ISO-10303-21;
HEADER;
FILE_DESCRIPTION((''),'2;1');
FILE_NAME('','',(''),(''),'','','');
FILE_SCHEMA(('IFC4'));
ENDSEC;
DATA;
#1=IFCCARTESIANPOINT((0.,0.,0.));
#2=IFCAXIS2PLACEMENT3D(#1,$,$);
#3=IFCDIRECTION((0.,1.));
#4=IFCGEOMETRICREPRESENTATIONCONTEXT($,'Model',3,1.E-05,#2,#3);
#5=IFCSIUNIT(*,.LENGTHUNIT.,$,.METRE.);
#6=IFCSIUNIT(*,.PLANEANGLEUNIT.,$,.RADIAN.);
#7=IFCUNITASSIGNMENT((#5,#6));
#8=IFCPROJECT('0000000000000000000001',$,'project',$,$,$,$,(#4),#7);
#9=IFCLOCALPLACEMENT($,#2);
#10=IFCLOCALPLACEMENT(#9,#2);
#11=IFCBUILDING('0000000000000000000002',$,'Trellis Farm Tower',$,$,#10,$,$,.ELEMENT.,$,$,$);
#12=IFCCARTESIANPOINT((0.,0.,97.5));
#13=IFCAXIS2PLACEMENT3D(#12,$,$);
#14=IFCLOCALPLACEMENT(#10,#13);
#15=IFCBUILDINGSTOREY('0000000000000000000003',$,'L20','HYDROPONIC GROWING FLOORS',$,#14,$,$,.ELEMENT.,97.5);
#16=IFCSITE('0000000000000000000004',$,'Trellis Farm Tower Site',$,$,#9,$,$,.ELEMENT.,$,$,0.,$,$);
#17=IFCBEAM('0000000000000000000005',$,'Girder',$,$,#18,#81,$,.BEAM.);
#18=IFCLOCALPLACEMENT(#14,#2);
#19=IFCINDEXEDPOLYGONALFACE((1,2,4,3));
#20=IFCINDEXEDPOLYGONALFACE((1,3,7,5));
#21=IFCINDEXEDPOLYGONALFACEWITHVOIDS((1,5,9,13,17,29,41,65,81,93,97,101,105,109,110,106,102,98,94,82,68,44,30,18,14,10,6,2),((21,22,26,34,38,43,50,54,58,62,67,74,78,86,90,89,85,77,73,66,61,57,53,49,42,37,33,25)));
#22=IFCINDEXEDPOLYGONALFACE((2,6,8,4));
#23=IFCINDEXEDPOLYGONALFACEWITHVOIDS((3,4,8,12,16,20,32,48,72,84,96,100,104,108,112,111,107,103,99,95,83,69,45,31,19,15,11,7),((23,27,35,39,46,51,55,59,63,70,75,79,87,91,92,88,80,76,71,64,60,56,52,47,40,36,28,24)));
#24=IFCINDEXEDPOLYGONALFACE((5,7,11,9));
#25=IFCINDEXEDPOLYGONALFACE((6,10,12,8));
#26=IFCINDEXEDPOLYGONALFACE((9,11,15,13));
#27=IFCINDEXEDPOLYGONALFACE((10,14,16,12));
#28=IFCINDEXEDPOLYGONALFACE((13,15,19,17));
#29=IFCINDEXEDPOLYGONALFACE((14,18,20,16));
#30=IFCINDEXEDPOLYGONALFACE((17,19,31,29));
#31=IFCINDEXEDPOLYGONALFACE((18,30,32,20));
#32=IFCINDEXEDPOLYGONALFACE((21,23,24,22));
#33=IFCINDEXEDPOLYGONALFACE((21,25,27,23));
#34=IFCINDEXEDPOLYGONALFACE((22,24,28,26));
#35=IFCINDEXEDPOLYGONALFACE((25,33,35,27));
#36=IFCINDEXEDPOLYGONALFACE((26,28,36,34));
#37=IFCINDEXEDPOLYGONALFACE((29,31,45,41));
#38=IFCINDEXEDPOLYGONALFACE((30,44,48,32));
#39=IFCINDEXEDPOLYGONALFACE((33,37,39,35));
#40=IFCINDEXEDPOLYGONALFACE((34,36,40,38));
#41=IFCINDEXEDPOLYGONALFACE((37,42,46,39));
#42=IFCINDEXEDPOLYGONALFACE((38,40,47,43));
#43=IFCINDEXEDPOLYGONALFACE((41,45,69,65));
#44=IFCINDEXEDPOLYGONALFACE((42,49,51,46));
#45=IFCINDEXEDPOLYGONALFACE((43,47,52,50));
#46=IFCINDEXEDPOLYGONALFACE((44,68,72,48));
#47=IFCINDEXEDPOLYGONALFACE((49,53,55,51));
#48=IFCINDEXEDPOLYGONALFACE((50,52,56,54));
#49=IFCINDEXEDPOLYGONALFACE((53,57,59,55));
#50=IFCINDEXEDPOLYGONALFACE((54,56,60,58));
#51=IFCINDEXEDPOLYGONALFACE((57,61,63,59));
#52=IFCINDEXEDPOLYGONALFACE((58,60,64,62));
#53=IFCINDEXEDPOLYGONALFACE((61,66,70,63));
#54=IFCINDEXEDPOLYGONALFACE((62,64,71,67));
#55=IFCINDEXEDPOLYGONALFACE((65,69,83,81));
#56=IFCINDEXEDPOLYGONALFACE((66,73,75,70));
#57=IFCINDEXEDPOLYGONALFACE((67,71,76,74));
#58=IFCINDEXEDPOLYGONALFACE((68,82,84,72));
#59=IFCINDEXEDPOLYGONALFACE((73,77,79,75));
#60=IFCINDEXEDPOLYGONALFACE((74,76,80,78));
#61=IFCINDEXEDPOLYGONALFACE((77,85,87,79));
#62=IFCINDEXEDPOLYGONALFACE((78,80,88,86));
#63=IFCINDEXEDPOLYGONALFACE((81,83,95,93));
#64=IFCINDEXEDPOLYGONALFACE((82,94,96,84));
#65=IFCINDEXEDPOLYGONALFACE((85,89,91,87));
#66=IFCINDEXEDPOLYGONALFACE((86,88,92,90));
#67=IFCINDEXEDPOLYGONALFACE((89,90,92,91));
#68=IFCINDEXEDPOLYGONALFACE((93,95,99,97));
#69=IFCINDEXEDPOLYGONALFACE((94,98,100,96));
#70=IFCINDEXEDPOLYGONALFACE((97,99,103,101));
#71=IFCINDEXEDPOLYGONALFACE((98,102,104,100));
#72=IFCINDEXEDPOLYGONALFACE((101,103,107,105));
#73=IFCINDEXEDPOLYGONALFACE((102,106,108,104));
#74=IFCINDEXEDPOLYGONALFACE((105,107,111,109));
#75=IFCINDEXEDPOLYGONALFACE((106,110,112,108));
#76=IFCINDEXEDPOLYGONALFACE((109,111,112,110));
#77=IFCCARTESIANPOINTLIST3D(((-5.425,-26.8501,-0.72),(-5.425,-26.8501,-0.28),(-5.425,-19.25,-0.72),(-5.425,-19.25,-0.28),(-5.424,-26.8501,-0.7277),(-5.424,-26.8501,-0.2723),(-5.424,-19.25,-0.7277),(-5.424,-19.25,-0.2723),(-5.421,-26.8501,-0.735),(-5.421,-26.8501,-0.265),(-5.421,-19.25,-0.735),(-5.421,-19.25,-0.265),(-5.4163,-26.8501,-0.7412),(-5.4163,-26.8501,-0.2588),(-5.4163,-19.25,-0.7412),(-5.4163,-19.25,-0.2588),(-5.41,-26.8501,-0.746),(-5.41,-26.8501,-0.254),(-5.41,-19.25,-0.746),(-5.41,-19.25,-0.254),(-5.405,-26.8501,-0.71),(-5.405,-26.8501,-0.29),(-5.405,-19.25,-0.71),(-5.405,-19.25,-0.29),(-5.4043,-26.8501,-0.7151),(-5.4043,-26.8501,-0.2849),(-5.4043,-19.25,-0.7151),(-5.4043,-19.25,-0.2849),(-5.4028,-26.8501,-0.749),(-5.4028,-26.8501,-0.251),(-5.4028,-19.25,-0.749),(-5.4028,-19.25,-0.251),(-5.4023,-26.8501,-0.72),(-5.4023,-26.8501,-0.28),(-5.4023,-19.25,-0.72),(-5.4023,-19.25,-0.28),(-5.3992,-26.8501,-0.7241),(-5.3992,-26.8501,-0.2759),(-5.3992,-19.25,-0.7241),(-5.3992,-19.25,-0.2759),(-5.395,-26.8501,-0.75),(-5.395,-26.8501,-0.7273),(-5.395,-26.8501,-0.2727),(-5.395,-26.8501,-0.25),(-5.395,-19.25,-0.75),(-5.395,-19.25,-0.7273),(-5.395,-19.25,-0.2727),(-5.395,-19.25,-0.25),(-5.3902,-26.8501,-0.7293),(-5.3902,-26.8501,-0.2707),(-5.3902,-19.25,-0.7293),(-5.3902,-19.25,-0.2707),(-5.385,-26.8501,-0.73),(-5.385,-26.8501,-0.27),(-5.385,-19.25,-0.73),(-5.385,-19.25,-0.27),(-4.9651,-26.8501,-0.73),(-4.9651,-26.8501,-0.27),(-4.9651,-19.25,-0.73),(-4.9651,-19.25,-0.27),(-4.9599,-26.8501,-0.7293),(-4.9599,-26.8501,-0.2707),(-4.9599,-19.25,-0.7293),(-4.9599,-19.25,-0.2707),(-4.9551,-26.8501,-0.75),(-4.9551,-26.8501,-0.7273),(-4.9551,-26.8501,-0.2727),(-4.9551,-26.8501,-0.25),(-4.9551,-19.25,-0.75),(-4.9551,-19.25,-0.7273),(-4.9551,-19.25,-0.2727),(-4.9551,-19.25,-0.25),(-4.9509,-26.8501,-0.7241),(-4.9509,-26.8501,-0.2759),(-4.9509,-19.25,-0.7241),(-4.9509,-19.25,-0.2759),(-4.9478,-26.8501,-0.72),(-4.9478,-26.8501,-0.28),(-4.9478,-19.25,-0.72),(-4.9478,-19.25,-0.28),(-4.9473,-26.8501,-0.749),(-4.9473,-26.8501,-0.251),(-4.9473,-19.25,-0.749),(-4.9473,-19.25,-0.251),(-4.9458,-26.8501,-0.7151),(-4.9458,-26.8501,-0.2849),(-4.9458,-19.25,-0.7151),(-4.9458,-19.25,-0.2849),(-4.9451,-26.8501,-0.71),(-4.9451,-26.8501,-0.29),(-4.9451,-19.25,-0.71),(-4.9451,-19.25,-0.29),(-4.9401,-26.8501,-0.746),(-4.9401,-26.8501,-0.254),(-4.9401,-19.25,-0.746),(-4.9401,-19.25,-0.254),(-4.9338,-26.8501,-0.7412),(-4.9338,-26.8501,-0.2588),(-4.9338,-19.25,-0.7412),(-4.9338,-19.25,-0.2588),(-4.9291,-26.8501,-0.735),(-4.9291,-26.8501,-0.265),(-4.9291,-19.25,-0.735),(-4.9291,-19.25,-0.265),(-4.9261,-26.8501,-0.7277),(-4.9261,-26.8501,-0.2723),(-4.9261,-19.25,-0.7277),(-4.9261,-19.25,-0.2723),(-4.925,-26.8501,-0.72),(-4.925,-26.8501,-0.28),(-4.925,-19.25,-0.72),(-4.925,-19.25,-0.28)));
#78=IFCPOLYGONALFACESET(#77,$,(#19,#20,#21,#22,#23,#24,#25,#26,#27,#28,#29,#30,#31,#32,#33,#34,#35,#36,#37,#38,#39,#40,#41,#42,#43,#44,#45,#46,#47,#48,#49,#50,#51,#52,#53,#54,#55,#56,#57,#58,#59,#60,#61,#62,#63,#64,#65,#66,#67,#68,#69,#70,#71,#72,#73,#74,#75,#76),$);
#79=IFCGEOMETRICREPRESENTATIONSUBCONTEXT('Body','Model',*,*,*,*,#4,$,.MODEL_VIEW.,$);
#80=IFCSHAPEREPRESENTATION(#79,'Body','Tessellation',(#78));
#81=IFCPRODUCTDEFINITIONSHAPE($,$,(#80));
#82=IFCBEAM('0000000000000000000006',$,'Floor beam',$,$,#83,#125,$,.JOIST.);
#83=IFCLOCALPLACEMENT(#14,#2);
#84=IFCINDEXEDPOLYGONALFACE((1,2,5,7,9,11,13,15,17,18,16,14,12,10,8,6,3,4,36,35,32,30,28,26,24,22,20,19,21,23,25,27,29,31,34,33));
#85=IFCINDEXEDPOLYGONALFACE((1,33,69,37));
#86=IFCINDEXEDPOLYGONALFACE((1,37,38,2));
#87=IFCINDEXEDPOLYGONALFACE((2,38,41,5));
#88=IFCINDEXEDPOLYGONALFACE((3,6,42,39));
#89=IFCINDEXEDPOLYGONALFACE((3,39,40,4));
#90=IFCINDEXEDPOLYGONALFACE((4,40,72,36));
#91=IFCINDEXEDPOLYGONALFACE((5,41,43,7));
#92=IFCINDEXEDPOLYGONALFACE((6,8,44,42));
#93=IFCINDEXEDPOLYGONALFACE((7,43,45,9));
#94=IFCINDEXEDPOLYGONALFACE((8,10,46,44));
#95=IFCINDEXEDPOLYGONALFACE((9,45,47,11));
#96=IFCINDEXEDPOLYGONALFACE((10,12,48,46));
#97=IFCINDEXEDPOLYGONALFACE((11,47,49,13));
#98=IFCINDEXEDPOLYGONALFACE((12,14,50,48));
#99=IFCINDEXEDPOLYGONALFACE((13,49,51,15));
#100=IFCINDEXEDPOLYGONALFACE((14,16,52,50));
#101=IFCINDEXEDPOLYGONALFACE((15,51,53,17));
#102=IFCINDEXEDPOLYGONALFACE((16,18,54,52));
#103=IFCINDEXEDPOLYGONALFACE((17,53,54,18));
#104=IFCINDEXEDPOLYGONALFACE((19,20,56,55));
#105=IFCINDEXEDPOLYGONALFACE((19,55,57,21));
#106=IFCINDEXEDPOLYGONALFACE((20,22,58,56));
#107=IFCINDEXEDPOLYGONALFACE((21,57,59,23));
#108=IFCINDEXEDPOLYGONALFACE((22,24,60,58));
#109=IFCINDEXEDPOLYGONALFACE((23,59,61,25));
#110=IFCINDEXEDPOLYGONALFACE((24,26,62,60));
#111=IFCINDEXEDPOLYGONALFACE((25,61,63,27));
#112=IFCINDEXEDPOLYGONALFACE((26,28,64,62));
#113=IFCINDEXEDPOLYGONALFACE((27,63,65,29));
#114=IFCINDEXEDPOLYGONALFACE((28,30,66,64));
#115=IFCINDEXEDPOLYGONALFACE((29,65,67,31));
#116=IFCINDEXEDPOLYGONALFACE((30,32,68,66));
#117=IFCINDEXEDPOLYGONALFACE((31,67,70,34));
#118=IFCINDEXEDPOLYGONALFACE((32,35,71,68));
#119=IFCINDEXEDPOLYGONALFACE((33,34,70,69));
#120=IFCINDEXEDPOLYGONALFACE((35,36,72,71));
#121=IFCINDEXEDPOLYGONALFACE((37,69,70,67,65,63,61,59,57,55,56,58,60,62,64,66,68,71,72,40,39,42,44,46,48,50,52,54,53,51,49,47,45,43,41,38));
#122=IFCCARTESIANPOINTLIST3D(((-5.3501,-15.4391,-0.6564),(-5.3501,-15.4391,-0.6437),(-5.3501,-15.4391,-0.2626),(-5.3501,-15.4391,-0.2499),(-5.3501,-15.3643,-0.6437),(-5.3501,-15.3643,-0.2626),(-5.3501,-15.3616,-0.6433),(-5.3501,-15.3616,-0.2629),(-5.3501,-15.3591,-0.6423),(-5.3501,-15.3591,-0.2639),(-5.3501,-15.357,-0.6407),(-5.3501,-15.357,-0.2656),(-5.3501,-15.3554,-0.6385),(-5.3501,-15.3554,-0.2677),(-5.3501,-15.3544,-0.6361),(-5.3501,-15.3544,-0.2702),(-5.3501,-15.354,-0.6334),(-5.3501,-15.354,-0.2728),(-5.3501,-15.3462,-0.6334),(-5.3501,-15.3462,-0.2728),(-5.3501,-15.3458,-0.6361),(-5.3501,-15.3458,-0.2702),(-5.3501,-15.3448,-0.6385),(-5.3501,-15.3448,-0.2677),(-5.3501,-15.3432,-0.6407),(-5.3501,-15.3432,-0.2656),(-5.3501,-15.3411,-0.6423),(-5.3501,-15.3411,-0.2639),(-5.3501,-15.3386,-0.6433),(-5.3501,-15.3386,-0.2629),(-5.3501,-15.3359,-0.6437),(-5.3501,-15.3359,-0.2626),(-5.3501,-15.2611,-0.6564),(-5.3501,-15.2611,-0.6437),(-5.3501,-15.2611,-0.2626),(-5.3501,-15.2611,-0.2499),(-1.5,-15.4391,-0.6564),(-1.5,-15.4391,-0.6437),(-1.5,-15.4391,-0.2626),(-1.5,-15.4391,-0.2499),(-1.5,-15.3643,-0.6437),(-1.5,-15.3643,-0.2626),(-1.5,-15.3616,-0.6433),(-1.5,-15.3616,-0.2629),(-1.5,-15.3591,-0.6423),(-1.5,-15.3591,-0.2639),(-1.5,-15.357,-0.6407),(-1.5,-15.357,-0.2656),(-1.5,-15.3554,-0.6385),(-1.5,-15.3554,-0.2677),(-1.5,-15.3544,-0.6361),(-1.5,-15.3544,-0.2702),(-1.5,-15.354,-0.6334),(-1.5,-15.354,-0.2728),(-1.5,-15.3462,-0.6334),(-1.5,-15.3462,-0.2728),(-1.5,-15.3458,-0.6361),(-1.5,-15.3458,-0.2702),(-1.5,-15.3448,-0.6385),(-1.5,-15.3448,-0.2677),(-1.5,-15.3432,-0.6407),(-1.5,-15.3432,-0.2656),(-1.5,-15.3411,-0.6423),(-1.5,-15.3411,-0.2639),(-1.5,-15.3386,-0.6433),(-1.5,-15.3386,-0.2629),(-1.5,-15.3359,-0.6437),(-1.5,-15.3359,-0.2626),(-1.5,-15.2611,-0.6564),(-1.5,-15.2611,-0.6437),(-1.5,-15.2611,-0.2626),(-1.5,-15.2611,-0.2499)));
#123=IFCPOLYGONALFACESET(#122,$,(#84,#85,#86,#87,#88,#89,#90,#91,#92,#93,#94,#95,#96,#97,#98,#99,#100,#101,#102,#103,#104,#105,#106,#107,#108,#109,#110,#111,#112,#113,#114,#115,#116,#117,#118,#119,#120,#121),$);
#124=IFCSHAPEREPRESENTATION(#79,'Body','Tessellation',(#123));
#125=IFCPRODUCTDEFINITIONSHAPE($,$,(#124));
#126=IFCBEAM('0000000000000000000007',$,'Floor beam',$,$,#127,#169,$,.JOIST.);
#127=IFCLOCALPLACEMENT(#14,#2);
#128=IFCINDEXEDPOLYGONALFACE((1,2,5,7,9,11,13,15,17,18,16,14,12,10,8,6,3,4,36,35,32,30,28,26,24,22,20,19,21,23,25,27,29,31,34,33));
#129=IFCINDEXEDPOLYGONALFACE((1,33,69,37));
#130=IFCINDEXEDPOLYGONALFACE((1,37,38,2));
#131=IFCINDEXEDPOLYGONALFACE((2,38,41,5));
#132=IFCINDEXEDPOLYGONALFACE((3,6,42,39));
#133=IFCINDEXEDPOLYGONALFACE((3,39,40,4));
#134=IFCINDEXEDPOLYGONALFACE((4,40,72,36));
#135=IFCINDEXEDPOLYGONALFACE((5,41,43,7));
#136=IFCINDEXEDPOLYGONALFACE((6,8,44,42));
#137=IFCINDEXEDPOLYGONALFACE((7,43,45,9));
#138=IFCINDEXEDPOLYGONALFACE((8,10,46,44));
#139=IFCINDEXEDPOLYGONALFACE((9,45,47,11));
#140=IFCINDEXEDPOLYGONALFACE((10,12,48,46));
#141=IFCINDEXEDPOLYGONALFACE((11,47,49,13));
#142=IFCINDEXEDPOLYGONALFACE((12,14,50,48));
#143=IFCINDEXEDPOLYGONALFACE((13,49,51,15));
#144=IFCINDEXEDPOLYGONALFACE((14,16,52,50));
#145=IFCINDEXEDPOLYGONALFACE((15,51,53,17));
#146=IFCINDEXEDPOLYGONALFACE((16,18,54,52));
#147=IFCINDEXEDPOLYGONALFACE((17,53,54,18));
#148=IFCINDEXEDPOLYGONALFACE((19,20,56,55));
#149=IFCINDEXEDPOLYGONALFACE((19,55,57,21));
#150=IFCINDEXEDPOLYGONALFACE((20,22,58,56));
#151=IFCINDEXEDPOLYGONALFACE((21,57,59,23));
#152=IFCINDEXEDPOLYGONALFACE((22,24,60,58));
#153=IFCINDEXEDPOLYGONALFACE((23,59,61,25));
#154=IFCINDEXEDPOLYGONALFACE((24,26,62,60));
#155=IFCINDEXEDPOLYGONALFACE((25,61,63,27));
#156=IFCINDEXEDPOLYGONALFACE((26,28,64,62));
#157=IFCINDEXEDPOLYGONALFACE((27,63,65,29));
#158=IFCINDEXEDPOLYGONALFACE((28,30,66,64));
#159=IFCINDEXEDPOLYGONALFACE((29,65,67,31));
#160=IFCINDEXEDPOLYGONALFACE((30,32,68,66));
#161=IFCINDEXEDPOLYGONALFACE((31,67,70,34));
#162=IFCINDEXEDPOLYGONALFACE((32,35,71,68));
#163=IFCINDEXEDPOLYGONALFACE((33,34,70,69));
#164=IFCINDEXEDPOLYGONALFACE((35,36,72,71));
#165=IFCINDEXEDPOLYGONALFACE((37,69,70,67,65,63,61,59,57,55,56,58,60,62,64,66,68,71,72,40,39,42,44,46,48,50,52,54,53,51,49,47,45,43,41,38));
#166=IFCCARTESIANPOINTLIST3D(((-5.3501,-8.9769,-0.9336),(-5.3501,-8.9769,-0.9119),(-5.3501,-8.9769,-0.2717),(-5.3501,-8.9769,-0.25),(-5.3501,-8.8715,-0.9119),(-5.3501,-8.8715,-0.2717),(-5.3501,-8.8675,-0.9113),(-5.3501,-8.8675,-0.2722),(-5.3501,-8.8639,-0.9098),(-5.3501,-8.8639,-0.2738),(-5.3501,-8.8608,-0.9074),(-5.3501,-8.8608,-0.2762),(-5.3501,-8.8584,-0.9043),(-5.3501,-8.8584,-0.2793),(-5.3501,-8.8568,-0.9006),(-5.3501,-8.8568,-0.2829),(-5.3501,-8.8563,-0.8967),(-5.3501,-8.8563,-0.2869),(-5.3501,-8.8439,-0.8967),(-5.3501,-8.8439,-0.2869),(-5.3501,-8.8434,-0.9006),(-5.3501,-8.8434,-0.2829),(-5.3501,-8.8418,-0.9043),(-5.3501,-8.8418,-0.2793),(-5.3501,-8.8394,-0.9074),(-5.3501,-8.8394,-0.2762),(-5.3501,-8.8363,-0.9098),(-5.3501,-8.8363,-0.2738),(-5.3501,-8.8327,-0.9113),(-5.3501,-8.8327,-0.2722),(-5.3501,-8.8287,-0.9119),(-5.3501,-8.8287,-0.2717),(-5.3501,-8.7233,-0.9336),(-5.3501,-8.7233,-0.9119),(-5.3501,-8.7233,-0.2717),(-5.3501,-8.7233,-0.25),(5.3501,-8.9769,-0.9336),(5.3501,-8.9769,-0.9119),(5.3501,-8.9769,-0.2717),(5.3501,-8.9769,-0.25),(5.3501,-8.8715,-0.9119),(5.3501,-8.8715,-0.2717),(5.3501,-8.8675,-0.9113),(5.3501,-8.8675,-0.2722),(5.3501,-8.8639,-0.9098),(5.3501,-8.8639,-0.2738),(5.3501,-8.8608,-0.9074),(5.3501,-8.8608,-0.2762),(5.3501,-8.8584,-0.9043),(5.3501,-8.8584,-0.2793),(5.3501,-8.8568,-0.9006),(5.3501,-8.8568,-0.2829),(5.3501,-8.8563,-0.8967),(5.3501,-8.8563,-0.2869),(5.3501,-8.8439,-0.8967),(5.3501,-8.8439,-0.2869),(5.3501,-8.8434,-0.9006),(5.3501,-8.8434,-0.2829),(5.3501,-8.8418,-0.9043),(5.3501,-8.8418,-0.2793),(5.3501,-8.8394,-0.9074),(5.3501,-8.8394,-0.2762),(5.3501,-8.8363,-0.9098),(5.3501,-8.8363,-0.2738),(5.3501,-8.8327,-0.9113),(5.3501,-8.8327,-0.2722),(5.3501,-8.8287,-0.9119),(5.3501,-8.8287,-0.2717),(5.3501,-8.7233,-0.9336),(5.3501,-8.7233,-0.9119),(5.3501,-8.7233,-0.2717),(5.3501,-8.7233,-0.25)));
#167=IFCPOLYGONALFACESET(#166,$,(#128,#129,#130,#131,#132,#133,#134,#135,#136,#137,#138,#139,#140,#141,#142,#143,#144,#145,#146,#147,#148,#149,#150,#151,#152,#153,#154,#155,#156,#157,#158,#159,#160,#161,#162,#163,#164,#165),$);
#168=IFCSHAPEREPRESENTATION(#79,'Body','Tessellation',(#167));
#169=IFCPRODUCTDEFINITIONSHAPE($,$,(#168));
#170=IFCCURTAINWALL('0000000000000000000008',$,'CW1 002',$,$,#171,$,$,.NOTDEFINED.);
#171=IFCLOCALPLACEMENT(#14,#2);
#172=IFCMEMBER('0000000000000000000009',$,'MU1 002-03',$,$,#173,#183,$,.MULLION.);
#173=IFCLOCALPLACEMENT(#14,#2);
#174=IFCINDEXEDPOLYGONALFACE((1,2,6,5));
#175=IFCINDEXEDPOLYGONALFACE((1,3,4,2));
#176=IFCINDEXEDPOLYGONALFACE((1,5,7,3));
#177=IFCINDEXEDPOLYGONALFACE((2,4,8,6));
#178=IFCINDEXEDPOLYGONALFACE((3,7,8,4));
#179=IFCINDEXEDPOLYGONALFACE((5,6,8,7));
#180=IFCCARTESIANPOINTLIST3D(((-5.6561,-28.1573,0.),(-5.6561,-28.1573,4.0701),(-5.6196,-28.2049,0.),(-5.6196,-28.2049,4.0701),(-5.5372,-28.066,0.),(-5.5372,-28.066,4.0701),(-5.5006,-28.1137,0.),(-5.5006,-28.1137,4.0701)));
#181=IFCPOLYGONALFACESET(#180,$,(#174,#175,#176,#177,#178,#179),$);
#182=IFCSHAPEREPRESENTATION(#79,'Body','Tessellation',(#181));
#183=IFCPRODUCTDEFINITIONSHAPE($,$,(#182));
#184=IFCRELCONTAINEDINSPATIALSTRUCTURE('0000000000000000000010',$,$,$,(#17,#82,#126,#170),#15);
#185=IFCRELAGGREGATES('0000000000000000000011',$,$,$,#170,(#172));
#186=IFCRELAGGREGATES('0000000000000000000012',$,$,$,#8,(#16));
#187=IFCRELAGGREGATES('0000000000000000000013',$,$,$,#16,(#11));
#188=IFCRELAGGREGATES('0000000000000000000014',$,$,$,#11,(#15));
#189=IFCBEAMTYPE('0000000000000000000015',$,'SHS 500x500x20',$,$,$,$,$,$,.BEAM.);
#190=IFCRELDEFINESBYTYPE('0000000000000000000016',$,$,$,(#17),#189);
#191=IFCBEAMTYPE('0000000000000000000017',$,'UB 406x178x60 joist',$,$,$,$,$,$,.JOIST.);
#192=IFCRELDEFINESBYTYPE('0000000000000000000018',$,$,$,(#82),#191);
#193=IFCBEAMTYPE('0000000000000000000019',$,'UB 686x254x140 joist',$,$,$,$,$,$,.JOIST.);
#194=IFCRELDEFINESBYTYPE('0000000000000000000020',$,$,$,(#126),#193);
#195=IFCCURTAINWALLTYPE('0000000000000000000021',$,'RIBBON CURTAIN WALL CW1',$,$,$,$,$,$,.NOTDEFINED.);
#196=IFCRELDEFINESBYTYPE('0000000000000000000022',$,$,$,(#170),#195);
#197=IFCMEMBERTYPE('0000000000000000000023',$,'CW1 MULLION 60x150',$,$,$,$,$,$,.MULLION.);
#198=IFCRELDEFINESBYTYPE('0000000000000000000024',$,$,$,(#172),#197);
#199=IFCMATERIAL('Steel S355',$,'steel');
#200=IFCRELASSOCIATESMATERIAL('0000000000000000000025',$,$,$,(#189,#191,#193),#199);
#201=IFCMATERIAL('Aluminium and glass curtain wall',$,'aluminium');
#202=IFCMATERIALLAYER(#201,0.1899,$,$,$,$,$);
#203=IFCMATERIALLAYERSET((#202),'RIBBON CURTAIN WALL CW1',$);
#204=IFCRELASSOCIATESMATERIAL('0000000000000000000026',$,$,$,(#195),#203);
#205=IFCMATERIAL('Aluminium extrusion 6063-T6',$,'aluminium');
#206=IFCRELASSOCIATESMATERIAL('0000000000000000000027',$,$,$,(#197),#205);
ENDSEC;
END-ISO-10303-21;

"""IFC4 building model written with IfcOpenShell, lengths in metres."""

from ifc_helpers import new_model, si_unit, direction, frame, origin, origin_2d, place, context, subcontext, project, spatial, rectangle, hollow_rectangle, i_section, extrude, source, transform, mapped, material, layer, layer_set, material_profile, profile_set, type_object, element, aggregate, save


model = new_model("IFC4")

# Units and contexts
model_context = context("Model", 3, precision=1e-05, world=origin(), true_north=direction((0.0, 1.0)))
body_context = subcontext(model_context, "Body", "Model", "MODEL_VIEW")
ifc_project = project(units=[si_unit("LENGTHUNIT", "METRE"), si_unit("PLANEANGLEUNIT", "RADIAN")], contexts=[model_context])

# Site, building, storey
site_placement = place(None, origin())
site = spatial("IfcSite", under=ifc_project, at=site_placement, Name="Trellis Farm Tower Site", CompositionType="ELEMENT", RefElevation=0.0)
building_placement = place(site_placement, origin())
building = spatial("IfcBuilding", under=site, at=building_placement, Name="Trellis Farm Tower", CompositionType="ELEMENT")
storey_placement = place(building_placement, frame((0.0, 0.0, 97.5)))
storey = spatial("IfcBuildingStorey", under=building, at=storey_placement, Name="L20", Description="HYDROPONIC GROWING FLOORS", CompositionType="ELEMENT", Elevation=97.5)

# Beams
ifc_material_1 = material(Name="Steel S355", Category="steel")
ifc_material_profile_1 = material_profile(ifc_material_1, hollow_rectangle(XDim=0.5, YDim=0.5, WallThickness=0.02, InnerFilletRadius=0.02, OuterFilletRadius=0.03, at=origin_2d()), Name="SHS 500x500x20")
ifc_profile_set_1 = profile_set([ifc_material_profile_1], Name="Steel S355")
beam_type_1 = type_object("IfcBeamType", Name="SHS 500x500x20", PredefinedType="BEAM", material=ifc_profile_set_1)
shared_shape_1 = source(origin(), body_context, "Body", "SweptSolid", [
    extrude(hollow_rectangle(XDim=0.5, YDim=0.5, WallThickness=0.02, InnerFilletRadius=0.02, OuterFilletRadius=0.03, at=origin_2d()), origin(), (0.0, 0.0, 1.0), 7.6001),
])
beam_1_placement = place(storey_placement, frame((-5.175, -26.8501, -0.5), z_axis=(0.0, 1.0, 0.0), x_axis=(-1.0, 0.0, 0.0)))
element("IfcBeam", 1, at=beam_1_placement, inside=storey, type_object=beam_type_1, Name="Girder", PredefinedType="BEAM", context=body_context, shape_type="MappedRepresentation", body=[
    mapped(shared_shape_1, transform((0.0, 0.0, 0.0))),
])
ifc_material_profile_2 = material_profile(ifc_material_1, i_section(OverallWidth=0.178, OverallDepth=0.4065, WebThickness=0.0078, FlangeThickness=0.0127, FilletRadius=0.0103, at=origin_2d()), Name="UB 406x178x60")
ifc_profile_set_2 = profile_set([ifc_material_profile_2], Name="Steel S355")
beam_type_2 = type_object("IfcBeamType", Name="UB 406x178x60 joist", PredefinedType="JOIST", material=ifc_profile_set_2)
shared_shape_2 = source(origin(), body_context, "Body", "SweptSolid", [
    extrude(i_section(OverallWidth=0.178, OverallDepth=0.4065, WebThickness=0.0078, FlangeThickness=0.0127, FilletRadius=0.0103, at=origin_2d()), origin(), (0.0, 0.0, 1.0), 3.8501),
])
beam_2_placement = place(storey_placement, frame((-5.3501, -15.3501, -0.4531), z_axis=(1.0, 0.0, 0.0), x_axis=(0.0, 1.0, 0.0)))
element("IfcBeam", 2, at=beam_2_placement, inside=storey, type_object=beam_type_2, Name="Floor beam", PredefinedType="JOIST", context=body_context, shape_type="MappedRepresentation", body=[
    mapped(shared_shape_2, transform((0.0, 0.0, 0.0))),
])
ifc_material_profile_3 = material_profile(ifc_material_1, i_section(OverallWidth=0.2537, OverallDepth=0.6836, WebThickness=0.0125, FlangeThickness=0.0217, FilletRadius=0.0151, at=origin_2d()), Name="UB 686x254x140")
ifc_profile_set_3 = profile_set([ifc_material_profile_3], Name="Steel S355")
beam_type_3 = type_object("IfcBeamType", Name="UB 686x254x140 joist", PredefinedType="JOIST", material=ifc_profile_set_3)
shared_shape_3 = source(origin(), body_context, "Body", "SweptSolid", [
    extrude(i_section(OverallWidth=0.2537, OverallDepth=0.6836, WebThickness=0.0125, FlangeThickness=0.0217, FilletRadius=0.0151, at=origin_2d()), origin(), (0.0, 0.0, 1.0), 10.7002),
])
beam_3_placement = place(storey_placement, frame((-5.3501, -8.8501, -0.5918), z_axis=(1.0, 0.0, 0.0), x_axis=(0.0, 1.0, 0.0)))
element("IfcBeam", 3, at=beam_3_placement, inside=storey, type_object=beam_type_3, Name="Floor beam", PredefinedType="JOIST", context=body_context, shape_type="MappedRepresentation", body=[
    mapped(shared_shape_3, transform((0.0, 0.0, 0.0))),
])

# Curtain wall, member
ifc_material_2 = material(Name="Aluminium and glass curtain wall", Category="aluminium")
ifc_layer_1 = layer(ifc_material_2, 0.1899)
ifc_layer_set_1 = layer_set([ifc_layer_1], Name="RIBBON CURTAIN WALL CW1")
curtain_wall_type = type_object("IfcCurtainWallType", Name="RIBBON CURTAIN WALL CW1", PredefinedType="NOTDEFINED", material=ifc_layer_set_1)
placement = place(storey_placement, origin())
curtain_wall_1 = element("IfcCurtainWall", 4, at=placement, inside=storey, type_object=curtain_wall_type, Name="CW1 002", PredefinedType="NOTDEFINED")
ifc_material_3 = material(Name="Aluminium extrusion 6063-T6", Category="aluminium")
ifc_material_profile_4 = material_profile(ifc_material_3, rectangle(XDim=0.0601, YDim=0.1499, at=origin_2d()), Name="MULLION 60x150")
ifc_profile_set_4 = profile_set([ifc_material_profile_4], Name="Aluminium extrusion 6063-T6")
member_type = type_object("IfcMemberType", Name="CW1 MULLION 60x150", PredefinedType="MULLION", material=ifc_profile_set_4)
shared_shape_4 = source(origin(), body_context, "Body", "SweptSolid", [
    extrude(rectangle(XDim=0.0601, YDim=0.1499, at=origin_2d()), origin(), (0.0, 0.0, 1.0), 4.0701),
])
member_1_placement = place(storey_placement, frame((-5.5784, -28.1355, 0.0), z_axis=(0.0, 0.0, 1.0), x_axis=(0.608761, -0.793353, 0.0)))
member_1 = element("IfcMember", 5, at=member_1_placement, type_object=member_type, Name="MU1 002-03", PredefinedType="MULLION", context=body_context, shape_type="MappedRepresentation", body=[
    mapped(shared_shape_4, transform((0.0, 0.0, 0.0))),
])
aggregate(curtain_wall_1, [member_1])

save(model, "model.ifc")
